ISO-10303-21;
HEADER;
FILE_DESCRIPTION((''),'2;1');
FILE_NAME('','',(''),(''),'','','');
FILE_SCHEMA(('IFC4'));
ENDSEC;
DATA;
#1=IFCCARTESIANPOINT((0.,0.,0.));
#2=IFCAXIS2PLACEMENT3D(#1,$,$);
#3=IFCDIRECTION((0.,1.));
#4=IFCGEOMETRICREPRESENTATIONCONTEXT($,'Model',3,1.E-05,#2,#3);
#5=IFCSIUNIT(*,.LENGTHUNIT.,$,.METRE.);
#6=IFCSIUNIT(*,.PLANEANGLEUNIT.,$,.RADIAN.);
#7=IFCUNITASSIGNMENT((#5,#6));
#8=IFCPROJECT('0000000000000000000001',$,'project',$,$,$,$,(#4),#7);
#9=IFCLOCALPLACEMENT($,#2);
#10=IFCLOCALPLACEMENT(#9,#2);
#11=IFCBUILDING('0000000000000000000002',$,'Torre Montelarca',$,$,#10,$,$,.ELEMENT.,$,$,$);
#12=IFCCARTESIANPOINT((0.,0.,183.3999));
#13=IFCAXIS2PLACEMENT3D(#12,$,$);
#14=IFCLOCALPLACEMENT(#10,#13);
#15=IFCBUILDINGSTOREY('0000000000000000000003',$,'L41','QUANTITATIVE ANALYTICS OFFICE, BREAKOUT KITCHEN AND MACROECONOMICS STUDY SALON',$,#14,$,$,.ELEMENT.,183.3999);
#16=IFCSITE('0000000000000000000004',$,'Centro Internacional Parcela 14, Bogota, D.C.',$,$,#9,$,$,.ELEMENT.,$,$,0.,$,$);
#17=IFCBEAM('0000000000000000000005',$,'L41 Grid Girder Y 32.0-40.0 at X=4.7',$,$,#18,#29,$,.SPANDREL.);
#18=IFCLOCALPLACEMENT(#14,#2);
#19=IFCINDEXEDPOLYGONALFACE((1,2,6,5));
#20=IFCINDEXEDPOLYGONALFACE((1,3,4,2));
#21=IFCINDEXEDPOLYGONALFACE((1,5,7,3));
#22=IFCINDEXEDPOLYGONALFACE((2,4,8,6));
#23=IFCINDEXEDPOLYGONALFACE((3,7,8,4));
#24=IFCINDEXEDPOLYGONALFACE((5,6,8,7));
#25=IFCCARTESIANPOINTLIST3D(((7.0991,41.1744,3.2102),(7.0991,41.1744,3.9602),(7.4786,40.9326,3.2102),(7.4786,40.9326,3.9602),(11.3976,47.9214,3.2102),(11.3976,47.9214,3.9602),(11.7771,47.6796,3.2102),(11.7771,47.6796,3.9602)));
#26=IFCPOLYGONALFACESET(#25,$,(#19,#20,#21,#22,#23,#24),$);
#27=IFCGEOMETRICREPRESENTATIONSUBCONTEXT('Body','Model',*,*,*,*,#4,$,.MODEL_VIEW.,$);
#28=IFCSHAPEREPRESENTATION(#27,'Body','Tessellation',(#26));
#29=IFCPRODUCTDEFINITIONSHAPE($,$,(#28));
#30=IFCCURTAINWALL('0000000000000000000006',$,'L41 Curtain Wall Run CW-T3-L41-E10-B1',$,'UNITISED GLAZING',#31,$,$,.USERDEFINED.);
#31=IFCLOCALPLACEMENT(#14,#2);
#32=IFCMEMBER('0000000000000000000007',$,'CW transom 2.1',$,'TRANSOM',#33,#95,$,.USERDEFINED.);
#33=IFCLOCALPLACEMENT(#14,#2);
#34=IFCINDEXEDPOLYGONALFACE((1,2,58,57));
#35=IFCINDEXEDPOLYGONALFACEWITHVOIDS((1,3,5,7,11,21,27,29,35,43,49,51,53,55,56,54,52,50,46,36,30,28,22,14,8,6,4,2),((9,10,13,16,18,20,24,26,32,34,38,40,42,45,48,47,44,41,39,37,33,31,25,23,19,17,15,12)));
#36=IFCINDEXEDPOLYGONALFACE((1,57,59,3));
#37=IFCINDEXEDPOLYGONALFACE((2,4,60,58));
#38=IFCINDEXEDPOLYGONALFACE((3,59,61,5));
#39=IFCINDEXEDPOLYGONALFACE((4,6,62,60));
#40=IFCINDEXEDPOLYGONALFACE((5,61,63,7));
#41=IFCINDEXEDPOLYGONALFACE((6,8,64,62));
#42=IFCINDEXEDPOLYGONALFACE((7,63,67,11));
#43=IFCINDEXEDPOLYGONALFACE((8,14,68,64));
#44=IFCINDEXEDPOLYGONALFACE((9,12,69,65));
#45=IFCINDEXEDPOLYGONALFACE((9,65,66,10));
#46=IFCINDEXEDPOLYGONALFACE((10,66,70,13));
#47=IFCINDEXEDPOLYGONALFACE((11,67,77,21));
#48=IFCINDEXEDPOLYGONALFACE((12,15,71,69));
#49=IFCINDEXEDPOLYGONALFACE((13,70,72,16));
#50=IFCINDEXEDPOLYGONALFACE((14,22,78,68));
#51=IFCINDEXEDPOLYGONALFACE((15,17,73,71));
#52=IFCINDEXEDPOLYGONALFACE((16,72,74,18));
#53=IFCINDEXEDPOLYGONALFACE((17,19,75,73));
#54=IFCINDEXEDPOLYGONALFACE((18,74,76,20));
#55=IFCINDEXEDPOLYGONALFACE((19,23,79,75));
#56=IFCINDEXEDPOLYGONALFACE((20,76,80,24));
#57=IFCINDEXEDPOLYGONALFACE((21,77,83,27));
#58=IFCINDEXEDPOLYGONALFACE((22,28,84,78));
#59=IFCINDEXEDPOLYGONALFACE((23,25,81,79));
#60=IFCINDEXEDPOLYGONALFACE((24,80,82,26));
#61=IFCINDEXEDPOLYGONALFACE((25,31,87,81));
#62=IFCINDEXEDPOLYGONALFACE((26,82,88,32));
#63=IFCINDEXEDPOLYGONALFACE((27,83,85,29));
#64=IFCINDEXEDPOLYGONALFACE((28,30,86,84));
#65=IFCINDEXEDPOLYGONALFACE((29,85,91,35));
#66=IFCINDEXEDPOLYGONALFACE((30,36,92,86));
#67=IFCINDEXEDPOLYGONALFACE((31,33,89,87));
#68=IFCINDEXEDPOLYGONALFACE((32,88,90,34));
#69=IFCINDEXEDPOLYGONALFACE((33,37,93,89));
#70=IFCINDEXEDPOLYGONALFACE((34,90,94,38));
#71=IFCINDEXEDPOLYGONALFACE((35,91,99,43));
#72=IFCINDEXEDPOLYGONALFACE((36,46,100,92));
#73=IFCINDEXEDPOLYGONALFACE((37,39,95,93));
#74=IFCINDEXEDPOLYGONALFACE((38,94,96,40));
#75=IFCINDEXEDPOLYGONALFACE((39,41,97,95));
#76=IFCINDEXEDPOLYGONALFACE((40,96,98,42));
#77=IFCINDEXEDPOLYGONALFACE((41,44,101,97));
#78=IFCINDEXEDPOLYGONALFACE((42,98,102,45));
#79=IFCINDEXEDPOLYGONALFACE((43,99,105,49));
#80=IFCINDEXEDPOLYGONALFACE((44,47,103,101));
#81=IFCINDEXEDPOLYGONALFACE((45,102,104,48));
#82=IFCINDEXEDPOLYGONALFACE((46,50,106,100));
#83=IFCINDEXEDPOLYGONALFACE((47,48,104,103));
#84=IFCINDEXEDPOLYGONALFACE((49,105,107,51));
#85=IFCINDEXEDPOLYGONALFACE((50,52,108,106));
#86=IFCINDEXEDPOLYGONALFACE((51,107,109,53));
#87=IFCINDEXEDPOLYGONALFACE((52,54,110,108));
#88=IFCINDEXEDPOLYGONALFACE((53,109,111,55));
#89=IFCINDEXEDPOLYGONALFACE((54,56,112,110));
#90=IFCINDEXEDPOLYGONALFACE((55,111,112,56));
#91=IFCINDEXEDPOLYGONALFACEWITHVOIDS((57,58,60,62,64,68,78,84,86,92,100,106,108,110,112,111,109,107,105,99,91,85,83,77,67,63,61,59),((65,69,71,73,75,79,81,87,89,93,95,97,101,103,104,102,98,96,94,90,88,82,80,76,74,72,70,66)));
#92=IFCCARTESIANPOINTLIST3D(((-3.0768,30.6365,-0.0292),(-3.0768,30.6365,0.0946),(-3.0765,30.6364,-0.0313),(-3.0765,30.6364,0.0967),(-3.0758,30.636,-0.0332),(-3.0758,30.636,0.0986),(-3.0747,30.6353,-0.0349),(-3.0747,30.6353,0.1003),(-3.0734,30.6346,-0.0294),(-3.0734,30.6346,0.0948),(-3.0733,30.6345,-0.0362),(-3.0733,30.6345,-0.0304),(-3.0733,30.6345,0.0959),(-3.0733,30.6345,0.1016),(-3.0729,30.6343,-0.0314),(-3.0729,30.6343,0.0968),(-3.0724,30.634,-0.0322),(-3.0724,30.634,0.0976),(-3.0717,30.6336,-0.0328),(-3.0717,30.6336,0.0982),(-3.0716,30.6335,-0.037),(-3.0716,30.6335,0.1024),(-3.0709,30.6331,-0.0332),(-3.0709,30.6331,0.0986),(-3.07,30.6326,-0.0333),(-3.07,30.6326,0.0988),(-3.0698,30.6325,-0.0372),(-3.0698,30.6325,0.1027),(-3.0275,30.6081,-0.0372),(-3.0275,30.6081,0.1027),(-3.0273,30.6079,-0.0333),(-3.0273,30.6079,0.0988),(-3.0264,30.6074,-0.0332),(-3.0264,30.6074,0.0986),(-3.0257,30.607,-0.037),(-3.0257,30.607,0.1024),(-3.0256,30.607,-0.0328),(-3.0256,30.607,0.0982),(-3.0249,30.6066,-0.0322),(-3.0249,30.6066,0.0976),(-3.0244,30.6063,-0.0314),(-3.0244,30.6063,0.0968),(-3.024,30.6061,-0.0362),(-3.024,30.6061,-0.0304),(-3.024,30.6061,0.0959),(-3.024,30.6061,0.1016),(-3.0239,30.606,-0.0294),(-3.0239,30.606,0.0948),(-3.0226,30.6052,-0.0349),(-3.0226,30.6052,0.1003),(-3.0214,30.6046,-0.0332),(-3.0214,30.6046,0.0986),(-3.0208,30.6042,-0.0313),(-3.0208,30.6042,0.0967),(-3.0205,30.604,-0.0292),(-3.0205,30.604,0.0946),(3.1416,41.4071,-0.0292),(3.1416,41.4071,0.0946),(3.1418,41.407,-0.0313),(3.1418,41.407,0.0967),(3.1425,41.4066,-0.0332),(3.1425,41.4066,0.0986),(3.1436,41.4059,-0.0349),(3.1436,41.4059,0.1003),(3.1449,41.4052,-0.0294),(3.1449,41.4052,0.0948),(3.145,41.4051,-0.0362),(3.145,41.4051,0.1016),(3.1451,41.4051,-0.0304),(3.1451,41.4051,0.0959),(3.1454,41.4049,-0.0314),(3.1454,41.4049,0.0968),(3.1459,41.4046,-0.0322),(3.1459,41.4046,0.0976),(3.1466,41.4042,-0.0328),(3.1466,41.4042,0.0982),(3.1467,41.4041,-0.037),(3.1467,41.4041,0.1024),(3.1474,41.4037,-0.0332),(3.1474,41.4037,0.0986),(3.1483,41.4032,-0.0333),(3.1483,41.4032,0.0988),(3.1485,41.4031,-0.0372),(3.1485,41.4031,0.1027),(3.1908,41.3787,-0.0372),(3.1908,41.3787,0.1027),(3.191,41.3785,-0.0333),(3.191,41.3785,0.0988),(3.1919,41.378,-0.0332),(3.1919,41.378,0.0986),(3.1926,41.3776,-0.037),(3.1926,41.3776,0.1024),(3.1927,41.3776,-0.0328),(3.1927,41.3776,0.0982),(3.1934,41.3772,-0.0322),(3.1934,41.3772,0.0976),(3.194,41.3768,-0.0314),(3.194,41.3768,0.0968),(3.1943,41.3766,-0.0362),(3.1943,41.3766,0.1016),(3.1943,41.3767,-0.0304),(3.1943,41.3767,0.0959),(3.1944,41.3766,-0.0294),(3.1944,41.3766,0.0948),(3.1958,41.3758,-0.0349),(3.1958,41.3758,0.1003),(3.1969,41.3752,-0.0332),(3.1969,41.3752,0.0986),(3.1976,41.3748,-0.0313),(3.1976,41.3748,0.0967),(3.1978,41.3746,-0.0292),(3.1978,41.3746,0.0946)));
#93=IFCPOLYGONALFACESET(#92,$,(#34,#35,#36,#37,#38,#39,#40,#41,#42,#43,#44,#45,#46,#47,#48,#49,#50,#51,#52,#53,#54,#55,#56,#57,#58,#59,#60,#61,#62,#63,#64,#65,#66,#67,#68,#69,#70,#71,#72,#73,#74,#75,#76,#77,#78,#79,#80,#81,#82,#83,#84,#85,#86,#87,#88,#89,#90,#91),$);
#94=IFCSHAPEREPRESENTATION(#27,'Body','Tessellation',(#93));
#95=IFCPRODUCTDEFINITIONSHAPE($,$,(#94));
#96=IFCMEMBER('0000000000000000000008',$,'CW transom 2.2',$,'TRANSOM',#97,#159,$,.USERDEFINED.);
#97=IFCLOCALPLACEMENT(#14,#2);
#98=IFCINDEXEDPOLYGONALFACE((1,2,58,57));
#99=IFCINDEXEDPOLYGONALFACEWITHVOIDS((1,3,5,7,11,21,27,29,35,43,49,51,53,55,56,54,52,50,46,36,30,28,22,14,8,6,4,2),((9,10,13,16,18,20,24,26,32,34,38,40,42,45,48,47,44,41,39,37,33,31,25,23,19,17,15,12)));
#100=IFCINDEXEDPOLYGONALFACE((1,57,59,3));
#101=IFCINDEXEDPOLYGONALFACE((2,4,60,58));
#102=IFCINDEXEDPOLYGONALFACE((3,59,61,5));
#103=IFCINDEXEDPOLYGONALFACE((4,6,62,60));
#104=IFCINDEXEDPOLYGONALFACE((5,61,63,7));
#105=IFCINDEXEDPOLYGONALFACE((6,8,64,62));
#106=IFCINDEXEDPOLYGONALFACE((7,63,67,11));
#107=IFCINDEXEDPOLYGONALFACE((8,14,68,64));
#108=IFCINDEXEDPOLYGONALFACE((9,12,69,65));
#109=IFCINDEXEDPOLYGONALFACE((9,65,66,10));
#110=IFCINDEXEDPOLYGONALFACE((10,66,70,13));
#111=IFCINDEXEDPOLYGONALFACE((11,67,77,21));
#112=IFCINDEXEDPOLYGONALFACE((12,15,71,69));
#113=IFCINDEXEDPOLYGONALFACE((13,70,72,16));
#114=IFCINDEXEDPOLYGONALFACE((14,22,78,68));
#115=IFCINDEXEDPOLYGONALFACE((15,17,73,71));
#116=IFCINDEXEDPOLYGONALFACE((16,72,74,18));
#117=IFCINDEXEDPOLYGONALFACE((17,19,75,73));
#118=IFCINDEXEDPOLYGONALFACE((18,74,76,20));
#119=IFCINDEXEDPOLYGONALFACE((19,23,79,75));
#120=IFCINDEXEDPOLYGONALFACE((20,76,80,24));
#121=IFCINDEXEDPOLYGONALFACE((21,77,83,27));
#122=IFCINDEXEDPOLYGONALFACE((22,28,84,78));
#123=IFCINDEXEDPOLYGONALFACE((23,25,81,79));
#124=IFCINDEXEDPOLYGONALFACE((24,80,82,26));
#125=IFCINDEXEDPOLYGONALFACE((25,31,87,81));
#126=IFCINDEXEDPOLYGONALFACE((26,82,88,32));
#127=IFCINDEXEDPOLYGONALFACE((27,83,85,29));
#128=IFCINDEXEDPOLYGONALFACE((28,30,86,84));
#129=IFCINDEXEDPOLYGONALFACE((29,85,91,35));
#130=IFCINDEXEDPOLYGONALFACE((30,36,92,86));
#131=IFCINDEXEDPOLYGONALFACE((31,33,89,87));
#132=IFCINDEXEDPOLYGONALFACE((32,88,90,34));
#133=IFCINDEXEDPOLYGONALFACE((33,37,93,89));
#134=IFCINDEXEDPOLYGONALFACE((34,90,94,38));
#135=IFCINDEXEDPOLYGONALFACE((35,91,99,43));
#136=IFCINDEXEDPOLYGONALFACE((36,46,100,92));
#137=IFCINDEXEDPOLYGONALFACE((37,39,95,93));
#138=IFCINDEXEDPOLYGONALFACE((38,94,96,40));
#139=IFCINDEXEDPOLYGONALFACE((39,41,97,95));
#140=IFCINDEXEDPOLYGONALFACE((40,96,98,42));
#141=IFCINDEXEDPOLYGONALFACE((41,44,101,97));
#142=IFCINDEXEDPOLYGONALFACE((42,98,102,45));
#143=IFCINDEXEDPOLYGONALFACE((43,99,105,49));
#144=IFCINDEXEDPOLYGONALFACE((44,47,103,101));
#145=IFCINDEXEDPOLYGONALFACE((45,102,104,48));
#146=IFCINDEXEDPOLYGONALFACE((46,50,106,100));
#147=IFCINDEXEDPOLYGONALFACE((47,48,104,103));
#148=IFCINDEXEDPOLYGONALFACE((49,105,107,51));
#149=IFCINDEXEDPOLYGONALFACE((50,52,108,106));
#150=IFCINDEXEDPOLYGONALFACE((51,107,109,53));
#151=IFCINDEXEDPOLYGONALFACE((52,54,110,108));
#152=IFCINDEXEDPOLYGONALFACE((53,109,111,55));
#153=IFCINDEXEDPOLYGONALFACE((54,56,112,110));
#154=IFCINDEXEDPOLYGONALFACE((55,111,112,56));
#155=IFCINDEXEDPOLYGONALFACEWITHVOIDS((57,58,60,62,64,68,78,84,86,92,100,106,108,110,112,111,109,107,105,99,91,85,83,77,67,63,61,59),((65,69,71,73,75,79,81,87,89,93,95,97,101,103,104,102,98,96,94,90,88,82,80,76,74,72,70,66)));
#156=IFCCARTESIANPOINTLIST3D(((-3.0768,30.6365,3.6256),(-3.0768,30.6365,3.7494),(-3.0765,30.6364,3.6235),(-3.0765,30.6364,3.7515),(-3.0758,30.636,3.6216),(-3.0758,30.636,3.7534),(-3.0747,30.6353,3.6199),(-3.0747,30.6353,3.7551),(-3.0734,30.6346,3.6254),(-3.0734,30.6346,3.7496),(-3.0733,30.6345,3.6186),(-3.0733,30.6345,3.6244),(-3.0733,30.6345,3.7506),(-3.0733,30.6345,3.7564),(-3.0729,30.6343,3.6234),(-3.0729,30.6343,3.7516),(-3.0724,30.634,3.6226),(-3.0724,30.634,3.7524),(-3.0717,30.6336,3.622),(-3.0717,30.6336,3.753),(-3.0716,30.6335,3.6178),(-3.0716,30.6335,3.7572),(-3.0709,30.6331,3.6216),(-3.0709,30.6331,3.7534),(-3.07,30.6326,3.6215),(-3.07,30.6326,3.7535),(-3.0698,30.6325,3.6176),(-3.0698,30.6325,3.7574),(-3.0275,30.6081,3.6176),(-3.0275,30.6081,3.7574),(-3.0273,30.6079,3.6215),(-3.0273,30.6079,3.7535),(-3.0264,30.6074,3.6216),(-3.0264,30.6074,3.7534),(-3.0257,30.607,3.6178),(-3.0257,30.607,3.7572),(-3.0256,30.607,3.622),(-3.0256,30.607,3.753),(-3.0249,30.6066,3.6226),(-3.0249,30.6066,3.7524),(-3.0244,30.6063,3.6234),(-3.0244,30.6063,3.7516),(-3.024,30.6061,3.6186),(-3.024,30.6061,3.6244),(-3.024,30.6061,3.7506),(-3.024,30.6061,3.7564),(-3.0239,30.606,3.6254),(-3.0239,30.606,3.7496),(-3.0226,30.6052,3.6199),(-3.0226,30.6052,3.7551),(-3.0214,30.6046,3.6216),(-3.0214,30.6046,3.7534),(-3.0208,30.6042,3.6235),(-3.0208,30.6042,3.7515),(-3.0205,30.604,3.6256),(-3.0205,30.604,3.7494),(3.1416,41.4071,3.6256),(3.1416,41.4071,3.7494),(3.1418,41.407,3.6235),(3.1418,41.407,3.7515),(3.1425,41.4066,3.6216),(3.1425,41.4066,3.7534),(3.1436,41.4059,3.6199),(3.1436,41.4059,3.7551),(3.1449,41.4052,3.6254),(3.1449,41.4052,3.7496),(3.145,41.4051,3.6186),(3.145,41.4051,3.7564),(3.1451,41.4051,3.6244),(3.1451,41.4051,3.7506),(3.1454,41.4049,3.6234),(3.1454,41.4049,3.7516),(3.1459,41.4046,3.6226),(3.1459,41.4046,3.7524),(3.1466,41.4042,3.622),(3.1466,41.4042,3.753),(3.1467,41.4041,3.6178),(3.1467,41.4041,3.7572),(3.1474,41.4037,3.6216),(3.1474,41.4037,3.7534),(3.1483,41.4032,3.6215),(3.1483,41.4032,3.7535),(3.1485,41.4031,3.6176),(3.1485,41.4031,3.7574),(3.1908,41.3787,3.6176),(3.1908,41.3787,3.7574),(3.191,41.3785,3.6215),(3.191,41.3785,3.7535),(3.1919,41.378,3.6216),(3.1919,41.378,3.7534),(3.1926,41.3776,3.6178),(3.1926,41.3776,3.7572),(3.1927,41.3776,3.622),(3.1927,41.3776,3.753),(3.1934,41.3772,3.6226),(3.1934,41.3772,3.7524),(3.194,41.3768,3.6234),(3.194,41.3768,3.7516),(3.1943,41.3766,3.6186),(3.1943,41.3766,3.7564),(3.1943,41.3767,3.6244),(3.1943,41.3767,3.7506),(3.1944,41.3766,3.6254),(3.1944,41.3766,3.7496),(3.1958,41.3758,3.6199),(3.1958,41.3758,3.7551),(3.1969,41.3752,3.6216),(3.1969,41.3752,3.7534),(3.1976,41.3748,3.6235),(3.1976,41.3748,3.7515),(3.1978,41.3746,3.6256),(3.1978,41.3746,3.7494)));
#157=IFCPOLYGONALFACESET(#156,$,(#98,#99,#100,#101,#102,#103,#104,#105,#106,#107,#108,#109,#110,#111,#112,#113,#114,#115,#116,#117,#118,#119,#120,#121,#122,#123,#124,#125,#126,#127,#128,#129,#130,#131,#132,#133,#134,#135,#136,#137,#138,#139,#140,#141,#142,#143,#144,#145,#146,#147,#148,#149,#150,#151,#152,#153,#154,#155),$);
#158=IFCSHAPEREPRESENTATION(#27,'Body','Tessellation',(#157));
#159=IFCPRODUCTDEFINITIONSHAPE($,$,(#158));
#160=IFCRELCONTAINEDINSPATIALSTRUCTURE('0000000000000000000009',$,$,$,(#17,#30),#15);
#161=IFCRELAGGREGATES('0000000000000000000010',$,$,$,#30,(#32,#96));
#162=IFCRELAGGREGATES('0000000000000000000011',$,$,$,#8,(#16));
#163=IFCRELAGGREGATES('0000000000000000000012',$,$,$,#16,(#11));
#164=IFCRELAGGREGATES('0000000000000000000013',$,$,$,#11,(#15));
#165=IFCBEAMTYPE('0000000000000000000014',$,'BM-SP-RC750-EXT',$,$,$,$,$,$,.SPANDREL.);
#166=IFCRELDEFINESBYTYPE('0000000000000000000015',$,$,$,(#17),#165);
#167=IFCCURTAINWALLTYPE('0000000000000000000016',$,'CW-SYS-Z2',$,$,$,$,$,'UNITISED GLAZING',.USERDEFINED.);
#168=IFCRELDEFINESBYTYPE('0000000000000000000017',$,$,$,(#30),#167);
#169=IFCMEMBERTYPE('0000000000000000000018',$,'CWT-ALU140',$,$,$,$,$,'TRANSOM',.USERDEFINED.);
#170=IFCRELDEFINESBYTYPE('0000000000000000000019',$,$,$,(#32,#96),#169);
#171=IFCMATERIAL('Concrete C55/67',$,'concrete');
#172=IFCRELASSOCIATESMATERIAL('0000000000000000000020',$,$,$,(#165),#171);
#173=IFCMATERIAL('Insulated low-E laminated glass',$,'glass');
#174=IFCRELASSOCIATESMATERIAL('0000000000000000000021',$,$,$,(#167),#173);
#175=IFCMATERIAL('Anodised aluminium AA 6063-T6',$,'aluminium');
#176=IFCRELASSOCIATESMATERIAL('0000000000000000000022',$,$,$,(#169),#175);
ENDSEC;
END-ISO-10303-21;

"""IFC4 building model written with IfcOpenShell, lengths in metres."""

from ifc_helpers import new_model, si_unit, direction, frame, origin, origin_2d, place, context, subcontext, project, spatial, rectangle, hollow_rectangle, extrude, source, transform, mapped, material, material_profile, profile_set, type_object, element, aggregate, save


model = new_model("IFC4")

# Units and contexts
model_context = context("Model", 3, precision=1e-05, world=origin(), true_north=direction((0.0, 1.0)))
body_context = subcontext(model_context, "Body", "Model", "MODEL_VIEW")
ifc_project = project(units=[si_unit("LENGTHUNIT", "METRE"), si_unit("PLANEANGLEUNIT", "RADIAN")], contexts=[model_context])

# Site, building, storey
site_placement = place(None, origin())
site = spatial("IfcSite", under=ifc_project, at=site_placement, Name="Centro Internacional Parcela 14, Bogota, D.C.", CompositionType="ELEMENT", RefElevation=0.0)
building_placement = place(site_placement, origin())
building = spatial("IfcBuilding", under=site, at=building_placement, Name="Torre Montelarca", CompositionType="ELEMENT")
storey_placement = place(building_placement, frame((0.0, 0.0, 183.3999)))
storey = spatial("IfcBuildingStorey", under=building, at=storey_placement, Name="L41", Description="QUANTITATIVE ANALYTICS OFFICE, BREAKOUT KITCHEN AND MACROECONOMICS STUDY SALON", CompositionType="ELEMENT", Elevation=183.3999)

# Shared definitions
ifc_material_1 = material(Name="Concrete C55/67", Category="concrete")

# Beam
ifc_material_profile_1 = material_profile(ifc_material_1, rectangle(XDim=0.45, YDim=0.75, at=origin_2d()), Name="RCB450X750", Category="concrete")
ifc_profile_set_1 = profile_set([ifc_material_profile_1], Name="Concrete C55/67")
beam_type = type_object("IfcBeamType", Name="BM-SP-RC750-EXT", PredefinedType="SPANDREL", material=ifc_profile_set_1)
shared_shape_1 = source(origin(), body_context, "Body", "SweptSolid", [
    extrude(rectangle(XDim=0.45, YDim=0.75, at=origin_2d()), origin(), (0.0, 0.0, 1.0), 8.0),
])
beam_placement = place(storey_placement, frame((7.2888, 41.0535, 3.5852), z_axis=(0.53732, 0.843379, 0.0), x_axis=(-0.843379, 0.53732, 0.0)))
element("IfcBeam", 1, at=beam_placement, inside=storey, type_object=beam_type, Name="L41 Grid Girder Y 32.0-40.0 at X=4.7", PredefinedType="SPANDREL", context=body_context, shape_type="MappedRepresentation", body=[
    mapped(shared_shape_1, transform((0.0, 0.0, 0.0), scale=1.0)),
])

# Curtain wall, members
ifc_material_2 = material(Name="Insulated low-E laminated glass", Category="glass")
curtain_wall_type = type_object("IfcCurtainWallType", Name="CW-SYS-Z2", ElementType="UNITISED GLAZING", PredefinedType="USERDEFINED", material=ifc_material_2)
curtain_wall_1_placement = place(storey_placement, origin())
curtain_wall_1 = element("IfcCurtainWall", 2, at=curtain_wall_1_placement, inside=storey, type_object=curtain_wall_type, Name="L41 Curtain Wall Run CW-T3-L41-E10-B1", ObjectType="UNITISED GLAZING", PredefinedType="USERDEFINED")
ifc_material_3 = material(Name="Anodised aluminium AA 6063-T6", Category="aluminium")
ifc_material_profile_2 = material_profile(ifc_material_3, hollow_rectangle(XDim=0.0649, YDim=0.1399, WallThickness=0.0039, InnerFilletRadius=0.0039, OuterFilletRadius=0.0081, at=origin_2d()), Name="ALU65X140X4", Category="aluminium")
ifc_profile_set_2 = profile_set([ifc_material_profile_2], Name="Anodised aluminium AA 6063-T6")
member_type_1 = type_object("IfcMemberType", Name="CWT-ALU140", ElementType="TRANSOM", PredefinedType="USERDEFINED", material=ifc_profile_set_2)
shared_shape_2 = source(origin(), body_context, "Body", "SweptSolid", [
    extrude(hollow_rectangle(XDim=0.0649, YDim=0.1399, WallThickness=0.0039, InnerFilletRadius=0.0039, OuterFilletRadius=0.0081, at=origin_2d()), origin(), (0.0, 0.0, 1.0), 12.4368),
])
member_1_placement = place(storey_placement, frame((3.1697, 41.3909, 0.0327), z_axis=(-0.499994, -0.866029, 0.0), x_axis=(0.866029, -0.499994, 0.0)))
member_1 = element("IfcMember", 3, at=member_1_placement, type_object=member_type_1, Name="CW transom 2.1", ObjectType="TRANSOM", PredefinedType="USERDEFINED", context=body_context, shape_type="MappedRepresentation", body=[
    mapped(shared_shape_2, transform((0.0, 0.0, 0.0), scale=1.0)),
])
member_2_placement = place(storey_placement, frame((3.1697, 41.3909, 3.6875), z_axis=(-0.499994, -0.866029, 0.0), x_axis=(0.866029, -0.499994, 0.0)))
member_2 = element("IfcMember", 4, at=member_2_placement, type_object=member_type_1, Name="CW transom 2.2", ObjectType="TRANSOM", PredefinedType="USERDEFINED", context=body_context, shape_type="MappedRepresentation", body=[
    mapped(shared_shape_2, transform((0.0, 0.0, 0.0), scale=1.0)),
])

aggregate(curtain_wall_1, [member_1, member_2])

save(model, "model.ifc")
